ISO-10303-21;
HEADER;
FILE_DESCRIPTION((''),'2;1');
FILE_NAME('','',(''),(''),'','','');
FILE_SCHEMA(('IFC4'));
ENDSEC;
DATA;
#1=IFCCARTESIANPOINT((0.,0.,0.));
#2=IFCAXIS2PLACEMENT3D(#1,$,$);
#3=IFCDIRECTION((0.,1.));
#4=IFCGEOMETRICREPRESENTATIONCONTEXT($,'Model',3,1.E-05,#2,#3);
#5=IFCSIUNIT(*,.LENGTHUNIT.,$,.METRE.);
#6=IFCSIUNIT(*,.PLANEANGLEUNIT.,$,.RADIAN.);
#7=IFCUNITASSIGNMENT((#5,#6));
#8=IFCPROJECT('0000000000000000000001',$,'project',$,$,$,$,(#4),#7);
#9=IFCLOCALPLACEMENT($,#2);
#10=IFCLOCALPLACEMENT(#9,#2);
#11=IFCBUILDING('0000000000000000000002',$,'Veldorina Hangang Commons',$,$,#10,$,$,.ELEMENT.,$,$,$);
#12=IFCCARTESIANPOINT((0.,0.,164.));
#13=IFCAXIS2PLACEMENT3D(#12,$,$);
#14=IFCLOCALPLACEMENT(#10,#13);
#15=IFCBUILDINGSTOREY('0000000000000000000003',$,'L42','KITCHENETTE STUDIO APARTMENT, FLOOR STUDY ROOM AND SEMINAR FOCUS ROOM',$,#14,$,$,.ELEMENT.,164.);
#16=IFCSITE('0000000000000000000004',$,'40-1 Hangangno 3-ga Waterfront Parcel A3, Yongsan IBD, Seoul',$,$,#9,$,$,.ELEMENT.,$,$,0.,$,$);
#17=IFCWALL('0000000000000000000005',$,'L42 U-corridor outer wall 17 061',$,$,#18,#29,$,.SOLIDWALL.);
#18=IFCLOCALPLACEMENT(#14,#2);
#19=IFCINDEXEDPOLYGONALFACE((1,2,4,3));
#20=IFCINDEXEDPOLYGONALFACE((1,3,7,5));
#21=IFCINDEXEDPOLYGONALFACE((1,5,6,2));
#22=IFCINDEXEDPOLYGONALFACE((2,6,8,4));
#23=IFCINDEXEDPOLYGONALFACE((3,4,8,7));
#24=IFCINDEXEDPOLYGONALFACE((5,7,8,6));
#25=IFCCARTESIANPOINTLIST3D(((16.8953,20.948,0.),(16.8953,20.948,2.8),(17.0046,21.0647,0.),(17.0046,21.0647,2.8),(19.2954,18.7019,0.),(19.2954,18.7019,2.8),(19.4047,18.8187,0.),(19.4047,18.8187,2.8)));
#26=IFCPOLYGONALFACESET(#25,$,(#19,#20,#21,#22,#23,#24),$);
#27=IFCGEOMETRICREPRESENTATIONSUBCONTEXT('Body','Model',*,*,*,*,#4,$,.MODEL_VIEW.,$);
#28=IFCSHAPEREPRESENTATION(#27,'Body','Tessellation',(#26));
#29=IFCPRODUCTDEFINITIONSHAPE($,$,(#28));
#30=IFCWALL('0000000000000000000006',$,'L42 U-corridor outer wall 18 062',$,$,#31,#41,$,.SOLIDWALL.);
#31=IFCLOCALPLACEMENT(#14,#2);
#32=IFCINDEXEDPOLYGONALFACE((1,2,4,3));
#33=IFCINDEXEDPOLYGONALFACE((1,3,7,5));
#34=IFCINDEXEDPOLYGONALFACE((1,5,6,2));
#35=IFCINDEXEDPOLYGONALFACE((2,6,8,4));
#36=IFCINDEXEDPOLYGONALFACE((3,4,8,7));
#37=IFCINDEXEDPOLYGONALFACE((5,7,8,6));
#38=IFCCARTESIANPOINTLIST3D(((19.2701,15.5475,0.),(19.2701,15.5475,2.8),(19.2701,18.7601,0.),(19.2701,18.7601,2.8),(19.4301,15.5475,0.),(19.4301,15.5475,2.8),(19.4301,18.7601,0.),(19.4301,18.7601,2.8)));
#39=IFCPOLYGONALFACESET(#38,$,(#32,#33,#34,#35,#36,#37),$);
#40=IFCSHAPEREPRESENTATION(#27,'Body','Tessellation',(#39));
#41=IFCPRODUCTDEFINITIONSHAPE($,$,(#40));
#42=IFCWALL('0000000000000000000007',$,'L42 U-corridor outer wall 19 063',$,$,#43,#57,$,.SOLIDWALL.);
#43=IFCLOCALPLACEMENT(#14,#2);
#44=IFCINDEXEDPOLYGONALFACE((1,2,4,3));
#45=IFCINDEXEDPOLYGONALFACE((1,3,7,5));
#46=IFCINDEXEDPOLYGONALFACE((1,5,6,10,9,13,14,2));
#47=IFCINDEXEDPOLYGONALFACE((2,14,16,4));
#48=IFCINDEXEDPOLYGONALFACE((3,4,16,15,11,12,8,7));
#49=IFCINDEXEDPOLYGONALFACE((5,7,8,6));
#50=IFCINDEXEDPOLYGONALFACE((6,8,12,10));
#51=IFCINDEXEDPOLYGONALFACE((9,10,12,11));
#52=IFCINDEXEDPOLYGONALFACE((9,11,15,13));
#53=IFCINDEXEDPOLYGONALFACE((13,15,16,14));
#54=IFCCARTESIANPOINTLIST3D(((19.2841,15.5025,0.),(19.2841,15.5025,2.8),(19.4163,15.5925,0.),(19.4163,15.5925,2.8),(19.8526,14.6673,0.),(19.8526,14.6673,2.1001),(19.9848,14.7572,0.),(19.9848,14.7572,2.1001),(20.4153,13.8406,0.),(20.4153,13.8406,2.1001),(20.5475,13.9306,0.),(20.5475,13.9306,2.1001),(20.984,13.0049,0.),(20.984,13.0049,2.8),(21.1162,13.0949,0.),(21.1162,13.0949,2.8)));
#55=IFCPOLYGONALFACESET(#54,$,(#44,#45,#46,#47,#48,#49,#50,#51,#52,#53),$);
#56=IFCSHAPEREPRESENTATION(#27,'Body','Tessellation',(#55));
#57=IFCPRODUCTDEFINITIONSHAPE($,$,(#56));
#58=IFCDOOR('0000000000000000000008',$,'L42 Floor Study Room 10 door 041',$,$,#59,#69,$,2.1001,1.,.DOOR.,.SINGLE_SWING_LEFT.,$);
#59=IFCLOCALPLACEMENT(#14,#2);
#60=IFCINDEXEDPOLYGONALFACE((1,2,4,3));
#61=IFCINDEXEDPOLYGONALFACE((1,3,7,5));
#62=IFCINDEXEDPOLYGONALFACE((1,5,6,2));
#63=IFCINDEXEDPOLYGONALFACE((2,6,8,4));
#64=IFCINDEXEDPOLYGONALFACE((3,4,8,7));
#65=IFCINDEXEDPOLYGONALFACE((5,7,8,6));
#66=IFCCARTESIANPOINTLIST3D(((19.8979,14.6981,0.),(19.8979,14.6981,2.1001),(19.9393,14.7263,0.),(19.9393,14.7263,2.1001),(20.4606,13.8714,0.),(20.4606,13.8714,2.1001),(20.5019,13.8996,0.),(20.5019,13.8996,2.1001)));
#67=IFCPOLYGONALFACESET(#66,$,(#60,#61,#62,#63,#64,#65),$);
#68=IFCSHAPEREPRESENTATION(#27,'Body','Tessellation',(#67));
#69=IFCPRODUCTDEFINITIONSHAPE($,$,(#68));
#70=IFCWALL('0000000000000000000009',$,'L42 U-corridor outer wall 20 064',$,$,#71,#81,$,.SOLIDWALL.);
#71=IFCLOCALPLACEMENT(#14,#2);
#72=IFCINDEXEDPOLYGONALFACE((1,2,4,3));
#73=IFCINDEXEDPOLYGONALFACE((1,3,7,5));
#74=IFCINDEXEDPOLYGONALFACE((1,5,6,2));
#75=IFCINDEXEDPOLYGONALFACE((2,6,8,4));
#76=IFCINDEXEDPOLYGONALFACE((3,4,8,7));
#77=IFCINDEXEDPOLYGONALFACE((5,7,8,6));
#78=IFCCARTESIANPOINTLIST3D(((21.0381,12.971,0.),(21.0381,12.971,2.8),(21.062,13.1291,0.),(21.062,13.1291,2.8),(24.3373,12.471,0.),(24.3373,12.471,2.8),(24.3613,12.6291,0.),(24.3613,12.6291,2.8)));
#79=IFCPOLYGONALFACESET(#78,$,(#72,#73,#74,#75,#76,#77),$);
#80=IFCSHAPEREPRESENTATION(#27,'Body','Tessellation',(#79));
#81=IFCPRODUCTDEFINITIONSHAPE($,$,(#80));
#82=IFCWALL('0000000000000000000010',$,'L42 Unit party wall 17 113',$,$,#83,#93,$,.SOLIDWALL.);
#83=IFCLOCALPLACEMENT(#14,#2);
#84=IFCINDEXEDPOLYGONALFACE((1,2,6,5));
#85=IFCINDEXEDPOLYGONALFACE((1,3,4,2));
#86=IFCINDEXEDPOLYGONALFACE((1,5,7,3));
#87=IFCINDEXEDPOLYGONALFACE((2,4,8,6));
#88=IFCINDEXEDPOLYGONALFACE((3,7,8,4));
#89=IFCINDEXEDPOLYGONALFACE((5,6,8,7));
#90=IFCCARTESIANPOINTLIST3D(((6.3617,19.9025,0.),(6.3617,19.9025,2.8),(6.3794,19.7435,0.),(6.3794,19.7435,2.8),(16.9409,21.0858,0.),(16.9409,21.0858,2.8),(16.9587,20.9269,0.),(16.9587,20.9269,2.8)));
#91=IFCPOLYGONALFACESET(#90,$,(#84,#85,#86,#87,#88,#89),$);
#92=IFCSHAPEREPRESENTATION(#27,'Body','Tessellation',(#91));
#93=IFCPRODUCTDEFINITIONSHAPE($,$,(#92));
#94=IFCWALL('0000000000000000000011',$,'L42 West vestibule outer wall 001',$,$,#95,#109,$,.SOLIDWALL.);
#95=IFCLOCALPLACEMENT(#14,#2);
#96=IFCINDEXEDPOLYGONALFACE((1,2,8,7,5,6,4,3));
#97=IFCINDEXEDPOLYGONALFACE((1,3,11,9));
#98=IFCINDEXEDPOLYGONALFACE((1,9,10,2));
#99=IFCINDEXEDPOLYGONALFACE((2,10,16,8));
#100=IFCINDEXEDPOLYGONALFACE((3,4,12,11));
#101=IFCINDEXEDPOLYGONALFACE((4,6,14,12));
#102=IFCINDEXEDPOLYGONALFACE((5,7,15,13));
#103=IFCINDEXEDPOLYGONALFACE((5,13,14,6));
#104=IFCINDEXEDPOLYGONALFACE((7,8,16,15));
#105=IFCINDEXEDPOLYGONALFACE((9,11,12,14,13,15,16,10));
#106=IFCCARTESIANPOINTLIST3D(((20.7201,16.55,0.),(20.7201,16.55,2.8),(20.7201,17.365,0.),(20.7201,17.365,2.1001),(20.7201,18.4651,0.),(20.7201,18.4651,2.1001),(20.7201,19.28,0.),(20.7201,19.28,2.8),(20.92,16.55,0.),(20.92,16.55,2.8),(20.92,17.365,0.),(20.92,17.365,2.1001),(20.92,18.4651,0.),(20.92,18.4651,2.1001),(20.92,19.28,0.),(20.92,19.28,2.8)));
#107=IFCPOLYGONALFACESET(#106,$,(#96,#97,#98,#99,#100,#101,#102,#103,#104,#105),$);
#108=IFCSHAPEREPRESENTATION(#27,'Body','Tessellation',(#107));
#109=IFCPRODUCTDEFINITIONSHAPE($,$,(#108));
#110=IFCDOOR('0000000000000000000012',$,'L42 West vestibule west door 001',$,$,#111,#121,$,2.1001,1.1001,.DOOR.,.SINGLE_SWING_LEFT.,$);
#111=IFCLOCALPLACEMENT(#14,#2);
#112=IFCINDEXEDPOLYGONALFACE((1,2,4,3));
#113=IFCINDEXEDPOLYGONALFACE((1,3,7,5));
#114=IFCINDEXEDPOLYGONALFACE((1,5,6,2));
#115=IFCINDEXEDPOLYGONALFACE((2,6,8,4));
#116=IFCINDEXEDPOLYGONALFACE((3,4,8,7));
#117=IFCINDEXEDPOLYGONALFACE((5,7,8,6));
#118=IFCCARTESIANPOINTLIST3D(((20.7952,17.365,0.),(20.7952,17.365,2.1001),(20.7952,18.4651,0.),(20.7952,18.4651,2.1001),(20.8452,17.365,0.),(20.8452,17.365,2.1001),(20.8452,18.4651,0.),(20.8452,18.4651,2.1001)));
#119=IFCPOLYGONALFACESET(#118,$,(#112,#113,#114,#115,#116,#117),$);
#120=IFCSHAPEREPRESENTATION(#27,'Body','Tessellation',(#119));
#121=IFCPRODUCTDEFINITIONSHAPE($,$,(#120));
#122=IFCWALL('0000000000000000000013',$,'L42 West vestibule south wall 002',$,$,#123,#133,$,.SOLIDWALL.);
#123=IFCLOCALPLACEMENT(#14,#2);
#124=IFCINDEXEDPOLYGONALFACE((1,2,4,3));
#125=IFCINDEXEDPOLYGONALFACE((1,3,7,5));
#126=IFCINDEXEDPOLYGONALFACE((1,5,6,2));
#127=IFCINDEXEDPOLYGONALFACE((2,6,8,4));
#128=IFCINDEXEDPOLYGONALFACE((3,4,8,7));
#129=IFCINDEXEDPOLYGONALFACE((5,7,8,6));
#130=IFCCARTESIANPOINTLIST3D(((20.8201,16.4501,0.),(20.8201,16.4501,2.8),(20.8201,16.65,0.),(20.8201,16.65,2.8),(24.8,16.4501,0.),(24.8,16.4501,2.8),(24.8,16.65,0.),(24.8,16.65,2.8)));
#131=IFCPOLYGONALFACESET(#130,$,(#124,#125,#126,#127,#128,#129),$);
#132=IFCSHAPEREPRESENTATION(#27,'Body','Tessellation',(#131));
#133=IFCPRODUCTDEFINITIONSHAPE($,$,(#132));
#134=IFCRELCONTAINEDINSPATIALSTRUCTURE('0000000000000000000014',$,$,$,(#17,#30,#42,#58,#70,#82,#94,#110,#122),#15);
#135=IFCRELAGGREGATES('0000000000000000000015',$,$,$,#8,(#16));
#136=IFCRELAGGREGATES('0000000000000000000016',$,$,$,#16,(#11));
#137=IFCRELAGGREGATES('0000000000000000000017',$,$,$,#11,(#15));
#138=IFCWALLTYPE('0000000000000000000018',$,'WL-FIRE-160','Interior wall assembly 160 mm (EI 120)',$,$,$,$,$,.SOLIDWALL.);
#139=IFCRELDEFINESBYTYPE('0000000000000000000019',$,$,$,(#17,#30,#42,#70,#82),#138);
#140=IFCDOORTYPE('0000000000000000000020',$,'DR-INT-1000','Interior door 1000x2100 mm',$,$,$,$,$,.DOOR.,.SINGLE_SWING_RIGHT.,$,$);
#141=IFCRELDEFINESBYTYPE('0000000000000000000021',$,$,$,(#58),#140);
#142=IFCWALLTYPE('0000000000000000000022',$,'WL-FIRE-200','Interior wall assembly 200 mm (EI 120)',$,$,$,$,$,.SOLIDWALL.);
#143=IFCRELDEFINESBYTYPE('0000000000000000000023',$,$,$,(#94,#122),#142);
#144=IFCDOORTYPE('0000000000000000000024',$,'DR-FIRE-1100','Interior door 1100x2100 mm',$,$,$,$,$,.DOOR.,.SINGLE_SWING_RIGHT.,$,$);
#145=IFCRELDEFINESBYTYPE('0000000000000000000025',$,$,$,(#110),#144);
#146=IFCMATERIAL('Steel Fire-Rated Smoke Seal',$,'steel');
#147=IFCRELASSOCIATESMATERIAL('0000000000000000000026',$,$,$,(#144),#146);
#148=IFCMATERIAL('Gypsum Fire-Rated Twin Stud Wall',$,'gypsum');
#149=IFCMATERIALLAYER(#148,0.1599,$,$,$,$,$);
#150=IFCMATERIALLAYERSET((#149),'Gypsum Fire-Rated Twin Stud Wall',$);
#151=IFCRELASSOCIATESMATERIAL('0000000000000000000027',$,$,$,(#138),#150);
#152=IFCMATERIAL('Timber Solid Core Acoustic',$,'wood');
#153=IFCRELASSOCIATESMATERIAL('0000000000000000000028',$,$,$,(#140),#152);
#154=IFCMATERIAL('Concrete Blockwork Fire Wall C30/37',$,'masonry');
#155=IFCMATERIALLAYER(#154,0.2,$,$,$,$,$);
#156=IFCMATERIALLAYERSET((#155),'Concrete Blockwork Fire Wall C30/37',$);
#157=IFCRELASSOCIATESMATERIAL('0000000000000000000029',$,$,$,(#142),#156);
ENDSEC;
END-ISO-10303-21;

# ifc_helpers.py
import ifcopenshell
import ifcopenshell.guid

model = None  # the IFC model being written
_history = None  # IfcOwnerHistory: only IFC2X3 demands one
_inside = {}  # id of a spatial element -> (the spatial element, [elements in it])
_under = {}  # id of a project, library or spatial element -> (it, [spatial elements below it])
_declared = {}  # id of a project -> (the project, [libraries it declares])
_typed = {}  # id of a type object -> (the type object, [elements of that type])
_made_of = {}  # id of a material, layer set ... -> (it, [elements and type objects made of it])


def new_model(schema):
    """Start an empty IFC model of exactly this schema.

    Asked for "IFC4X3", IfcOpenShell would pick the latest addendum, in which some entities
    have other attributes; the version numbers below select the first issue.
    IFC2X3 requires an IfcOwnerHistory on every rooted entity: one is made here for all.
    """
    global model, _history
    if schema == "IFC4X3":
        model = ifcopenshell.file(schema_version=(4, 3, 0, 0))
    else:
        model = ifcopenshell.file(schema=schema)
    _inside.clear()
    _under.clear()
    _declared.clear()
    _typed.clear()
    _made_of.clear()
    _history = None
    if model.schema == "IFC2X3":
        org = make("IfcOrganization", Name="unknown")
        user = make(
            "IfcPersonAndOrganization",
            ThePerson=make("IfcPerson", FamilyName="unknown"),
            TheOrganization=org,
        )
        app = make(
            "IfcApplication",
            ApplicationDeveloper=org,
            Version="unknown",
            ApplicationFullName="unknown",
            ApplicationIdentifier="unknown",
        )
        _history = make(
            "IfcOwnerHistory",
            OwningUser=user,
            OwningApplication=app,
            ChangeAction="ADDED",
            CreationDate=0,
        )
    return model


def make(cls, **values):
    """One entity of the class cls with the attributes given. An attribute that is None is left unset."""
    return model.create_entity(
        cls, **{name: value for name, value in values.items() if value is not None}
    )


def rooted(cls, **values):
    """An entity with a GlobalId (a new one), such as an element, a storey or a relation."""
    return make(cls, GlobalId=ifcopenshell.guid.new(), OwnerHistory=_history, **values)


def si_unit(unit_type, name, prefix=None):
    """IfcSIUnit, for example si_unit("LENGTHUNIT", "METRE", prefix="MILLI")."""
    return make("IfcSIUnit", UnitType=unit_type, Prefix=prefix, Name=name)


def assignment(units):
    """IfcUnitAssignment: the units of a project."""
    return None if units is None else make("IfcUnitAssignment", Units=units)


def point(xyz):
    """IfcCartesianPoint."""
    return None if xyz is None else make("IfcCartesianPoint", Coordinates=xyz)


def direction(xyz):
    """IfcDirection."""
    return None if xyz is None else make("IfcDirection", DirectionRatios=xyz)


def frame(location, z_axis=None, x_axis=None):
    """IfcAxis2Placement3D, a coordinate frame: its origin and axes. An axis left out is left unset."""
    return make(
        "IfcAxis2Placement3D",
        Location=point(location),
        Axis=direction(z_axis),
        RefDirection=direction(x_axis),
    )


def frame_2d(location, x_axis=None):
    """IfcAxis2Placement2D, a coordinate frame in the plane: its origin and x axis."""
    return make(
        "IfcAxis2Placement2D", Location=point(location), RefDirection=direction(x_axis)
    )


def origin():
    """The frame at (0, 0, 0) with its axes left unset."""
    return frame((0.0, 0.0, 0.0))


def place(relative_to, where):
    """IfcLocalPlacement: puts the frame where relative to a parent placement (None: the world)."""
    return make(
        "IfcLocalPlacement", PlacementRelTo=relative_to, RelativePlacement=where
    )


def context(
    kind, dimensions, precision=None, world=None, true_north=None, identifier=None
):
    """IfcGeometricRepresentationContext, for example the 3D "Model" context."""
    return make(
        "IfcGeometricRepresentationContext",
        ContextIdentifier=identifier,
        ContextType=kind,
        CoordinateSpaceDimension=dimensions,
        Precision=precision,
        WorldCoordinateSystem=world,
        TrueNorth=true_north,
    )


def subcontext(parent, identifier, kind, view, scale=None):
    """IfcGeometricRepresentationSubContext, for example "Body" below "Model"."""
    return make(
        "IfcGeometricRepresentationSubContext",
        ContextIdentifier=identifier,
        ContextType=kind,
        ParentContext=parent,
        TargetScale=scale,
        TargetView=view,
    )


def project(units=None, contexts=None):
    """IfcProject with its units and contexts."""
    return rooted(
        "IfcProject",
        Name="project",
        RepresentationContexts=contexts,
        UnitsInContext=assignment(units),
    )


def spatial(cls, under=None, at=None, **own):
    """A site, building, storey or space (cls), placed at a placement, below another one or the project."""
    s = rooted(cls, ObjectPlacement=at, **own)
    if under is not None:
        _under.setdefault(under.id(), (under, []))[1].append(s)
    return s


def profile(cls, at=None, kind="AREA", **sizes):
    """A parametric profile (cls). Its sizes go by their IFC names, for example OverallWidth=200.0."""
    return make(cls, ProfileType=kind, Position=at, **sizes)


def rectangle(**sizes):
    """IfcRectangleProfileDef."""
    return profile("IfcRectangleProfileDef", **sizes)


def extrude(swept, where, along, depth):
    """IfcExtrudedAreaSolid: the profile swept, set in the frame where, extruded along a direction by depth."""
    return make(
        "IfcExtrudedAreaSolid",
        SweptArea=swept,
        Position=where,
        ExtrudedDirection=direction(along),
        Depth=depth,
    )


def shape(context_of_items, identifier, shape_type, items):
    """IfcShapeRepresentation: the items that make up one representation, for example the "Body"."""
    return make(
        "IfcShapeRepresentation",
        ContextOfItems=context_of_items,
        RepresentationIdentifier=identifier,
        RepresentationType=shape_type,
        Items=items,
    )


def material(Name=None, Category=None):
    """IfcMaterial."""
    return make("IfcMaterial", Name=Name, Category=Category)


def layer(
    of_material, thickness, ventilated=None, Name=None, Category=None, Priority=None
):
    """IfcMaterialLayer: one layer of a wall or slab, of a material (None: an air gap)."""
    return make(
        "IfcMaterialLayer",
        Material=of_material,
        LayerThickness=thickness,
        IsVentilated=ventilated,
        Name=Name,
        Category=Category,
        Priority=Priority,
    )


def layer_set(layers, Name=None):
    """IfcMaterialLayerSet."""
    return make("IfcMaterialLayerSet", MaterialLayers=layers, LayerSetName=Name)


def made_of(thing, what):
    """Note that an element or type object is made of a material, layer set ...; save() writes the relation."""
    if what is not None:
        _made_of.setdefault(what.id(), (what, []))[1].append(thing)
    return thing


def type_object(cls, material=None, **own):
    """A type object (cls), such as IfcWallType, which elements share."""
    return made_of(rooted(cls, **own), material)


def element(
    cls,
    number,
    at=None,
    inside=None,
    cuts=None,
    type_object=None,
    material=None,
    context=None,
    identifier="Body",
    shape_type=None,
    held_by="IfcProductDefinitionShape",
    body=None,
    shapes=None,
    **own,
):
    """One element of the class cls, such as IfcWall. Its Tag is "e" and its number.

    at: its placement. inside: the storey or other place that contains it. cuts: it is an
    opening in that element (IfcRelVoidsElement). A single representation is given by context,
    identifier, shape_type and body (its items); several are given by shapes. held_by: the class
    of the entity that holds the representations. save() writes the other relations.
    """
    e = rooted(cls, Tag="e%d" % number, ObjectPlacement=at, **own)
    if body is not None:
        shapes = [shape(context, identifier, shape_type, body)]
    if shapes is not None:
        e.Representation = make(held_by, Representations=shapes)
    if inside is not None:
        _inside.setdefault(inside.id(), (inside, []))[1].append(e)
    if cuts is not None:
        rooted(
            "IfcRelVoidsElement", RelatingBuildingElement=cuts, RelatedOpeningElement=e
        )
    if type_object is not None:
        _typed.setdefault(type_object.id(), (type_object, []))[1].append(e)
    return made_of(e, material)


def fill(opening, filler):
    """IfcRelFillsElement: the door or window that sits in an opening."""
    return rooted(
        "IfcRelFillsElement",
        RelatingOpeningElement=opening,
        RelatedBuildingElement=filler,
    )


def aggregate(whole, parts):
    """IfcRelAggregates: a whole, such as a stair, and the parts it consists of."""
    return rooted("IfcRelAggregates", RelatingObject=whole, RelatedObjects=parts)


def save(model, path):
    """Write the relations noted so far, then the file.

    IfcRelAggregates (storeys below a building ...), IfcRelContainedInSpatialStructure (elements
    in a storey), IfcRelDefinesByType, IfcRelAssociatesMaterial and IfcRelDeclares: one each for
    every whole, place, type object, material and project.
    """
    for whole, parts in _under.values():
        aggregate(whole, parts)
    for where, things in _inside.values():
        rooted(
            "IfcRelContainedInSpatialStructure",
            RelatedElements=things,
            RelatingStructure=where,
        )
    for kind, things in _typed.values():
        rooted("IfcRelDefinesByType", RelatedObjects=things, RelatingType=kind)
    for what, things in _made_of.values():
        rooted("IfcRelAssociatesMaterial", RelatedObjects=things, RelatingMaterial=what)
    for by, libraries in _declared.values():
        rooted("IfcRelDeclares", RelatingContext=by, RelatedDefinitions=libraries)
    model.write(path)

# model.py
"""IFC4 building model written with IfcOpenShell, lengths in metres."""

from ifc_helpers import new_model, si_unit, direction, frame, frame_2d, origin, place, context, subcontext, project, spatial, rectangle, extrude, material, layer, layer_set, type_object, element, fill, save


model = new_model("IFC4")

# Units and contexts
model_context = context("Model", 3, precision=1e-05, world=origin(), true_north=direction((0.0, 1.0)))
body_context = subcontext(model_context, "Body", "Model", "MODEL_VIEW")
ifc_project = project(units=[si_unit("LENGTHUNIT", "METRE"), si_unit("PLANEANGLEUNIT", "RADIAN")], contexts=[model_context])

# Site, building, storey
site_placement = place(None, origin())
site = spatial("IfcSite", under=ifc_project, at=site_placement, Name="40-1 Hangangno 3-ga Waterfront Parcel A3, Yongsan IBD, Seoul", CompositionType="ELEMENT", RefElevation=0.0)
building_placement = place(site_placement, origin())
building = spatial("IfcBuilding", under=site, at=building_placement, Name="Veldorina Hangang Commons", CompositionType="ELEMENT")
storey_placement = place(building_placement, frame((0.0, 0.0, 164.0)))
storey = spatial("IfcBuildingStorey", under=building, at=storey_placement, Name="L42", Description="KITCHENETTE STUDIO APARTMENT, FLOOR STUDY ROOM AND SEMINAR FOCUS ROOM", CompositionType="ELEMENT", Elevation=164.0)

# Shared definitions
ifc_material_1 = material(Name="Steel Fire-Rated Smoke Seal", Category="steel")
door_type_1 = type_object("IfcDoorType", Name="DR-FIRE-1100", Description="Interior door 1100x2100 mm", OperationType="SINGLE_SWING_RIGHT", PredefinedType="DOOR", material=ifc_material_1)

# Walls
ifc_material_2 = material(Name="Gypsum Fire-Rated Twin Stud Wall", Category="gypsum")
ifc_layer_1 = layer(ifc_material_2, 0.1599)
ifc_layer_set_1 = layer_set([ifc_layer_1], Name="Gypsum Fire-Rated Twin Stud Wall")
wall_type_1 = type_object("IfcWallType", Name="WL-FIRE-160", Description="Interior wall assembly 160 mm (EI 120)", PredefinedType="SOLIDWALL", material=ifc_layer_set_1)
wall_1_placement = place(storey_placement, frame((16.95, 21.0063, 0.0), z_axis=(0.0, 0.0, 1.0), x_axis=(0.730151, -0.683286, 0.0)))
element("IfcWall", 1, at=wall_1_placement, inside=storey, type_object=wall_type_1, Name="L42 U-corridor outer wall 17 061", PredefinedType="SOLIDWALL", context=body_context, shape_type="SweptSolid", body=[
    extrude(rectangle(XDim=3.2871, YDim=0.1599, at=frame_2d((1.6436, 0.0))), origin(), (0.0, 0.0, 1.0), 2.8),
])
wall_2_placement = place(storey_placement, frame((19.3501, 18.7603, 0.0), z_axis=(0.0, 0.0, 1.0), x_axis=(0.0, -1.0, 0.0)))
element("IfcWall", 2, at=wall_2_placement, inside=storey, type_object=wall_type_1, Name="L42 U-corridor outer wall 18 062", PredefinedType="SOLIDWALL", context=body_context, shape_type="SweptSolid", body=[
    extrude(rectangle(XDim=3.2126, YDim=0.1599, at=frame_2d((1.6064, 0.0))), origin(), (0.0, 0.0, 1.0), 2.8),
])

# Wall, opening, door
wall_3_placement = place(storey_placement, frame((19.3501, 15.5476, 0.0), z_axis=(0.0, 0.0, 1.0), x_axis=(0.562675, -0.826678, 0.0)))
wall_3 = element("IfcWall", 3, at=wall_3_placement, inside=storey, type_object=wall_type_1, Name="L42 U-corridor outer wall 19 063", PredefinedType="SOLIDWALL", context=body_context, shape_type="SweptSolid", body=[
    extrude(rectangle(XDim=3.0212, YDim=0.1599, at=frame_2d((1.5107, 0.0))), origin(), (0.0, 0.0, 1.0), 2.8),
])
opening_1_placement = place(wall_3_placement, frame((1.0105, 0.0, 0.0)))
opening_1 = element("IfcOpeningElement", 4, at=opening_1_placement, cuts=wall_3, PredefinedType="OPENING", context=body_context, shape_type="SweptSolid", body=[
    extrude(rectangle(XDim=1.0, YDim=2.1001, at=frame_2d((0.5, 1.05))), frame((0.0, 0.0898, 0.0), z_axis=(0.0, -1.0, 0.0), x_axis=(1.0, 0.0, 0.0)), (0.0, 0.0, 1.0), 0.1799),
])
ifc_material_3 = material(Name="Timber Solid Core Acoustic", Category="wood")
door_type_2 = type_object("IfcDoorType", Name="DR-INT-1000", Description="Interior door 1000x2100 mm", OperationType="SINGLE_SWING_RIGHT", PredefinedType="DOOR", material=ifc_material_3)
door_1_placement = place(opening_1_placement, origin())
door_1 = element("IfcDoor", 5, at=door_1_placement, inside=storey, type_object=door_type_2, Name="L42 Floor Study Room 10 door 041", OperationType="SINGLE_SWING_LEFT", OverallHeight=2.1001, OverallWidth=1.0, PredefinedType="DOOR", context=body_context, shape_type="SweptSolid", body=[
    extrude(rectangle(XDim=1.0, YDim=2.1001, at=frame_2d((0.5, 1.05))), frame((0.0, 0.0249, 0.0), z_axis=(0.0, -1.0, 0.0), x_axis=(1.0, 0.0, 0.0)), (0.0, 0.0, 1.0), 0.05),
])
fill(opening_1, door_1)

# Walls
wall_4_placement = place(storey_placement, frame((21.05, 13.05, 0.0), z_axis=(0.0, 0.0, 1.0), x_axis=(0.988711, -0.149836, 0.0)))
element("IfcWall", 6, at=wall_4_placement, inside=storey, type_object=wall_type_1, Name="L42 U-corridor outer wall 20 064", PredefinedType="SOLIDWALL", context=body_context, shape_type="SweptSolid", body=[
    extrude(rectangle(XDim=3.3369, YDim=0.1599, at=frame_2d((1.6685, 0.0))), origin(), (0.0, 0.0, 1.0), 2.8),
])
wall_5_placement = place(storey_placement, frame((16.95, 21.0063, 0.0), z_axis=(0.0, 0.0, 1.0), x_axis=(-0.993802, -0.111161, 0.0)))
element("IfcWall", 7, at=wall_5_placement, inside=storey, type_object=wall_type_1, Name="L42 Unit party wall 17 113", PredefinedType="SOLIDWALL", context=body_context, shape_type="SweptSolid", body=[
    extrude(rectangle(XDim=10.6453, YDim=0.1599, at=frame_2d((5.3228, 0.0))), origin(), (0.0, 0.0, 1.0), 2.8),
])

# Wall, opening, door
ifc_material_4 = material(Name="Concrete Blockwork Fire Wall C30/37", Category="masonry")
ifc_layer_2 = layer(ifc_material_4, 0.2)
ifc_layer_set_2 = layer_set([ifc_layer_2], Name="Concrete Blockwork Fire Wall C30/37")
wall_type_2 = type_object("IfcWallType", Name="WL-FIRE-200", Description="Interior wall assembly 200 mm (EI 120)", PredefinedType="SOLIDWALL", material=ifc_layer_set_2)
wall_6_placement = place(storey_placement, frame((20.8201, 16.55, 0.0), z_axis=(0.0, 0.0, 1.0), x_axis=(0.0, 1.0, 0.0)))
wall_6 = element("IfcWall", 8, at=wall_6_placement, inside=storey, type_object=wall_type_2, Name="L42 West vestibule outer wall 001", PredefinedType="SOLIDWALL", context=body_context, shape_type="SweptSolid", body=[
    extrude(rectangle(XDim=2.73, YDim=0.2, at=frame_2d((1.365, 0.0))), origin(), (0.0, 0.0, 1.0), 2.8),
])
opening_2_placement = place(wall_6_placement, frame((0.8149, 0.0, 0.0)))
opening_2 = element("IfcOpeningElement", 9, at=opening_2_placement, cuts=wall_6, PredefinedType="OPENING", context=body_context, shape_type="SweptSolid", body=[
    extrude(rectangle(XDim=1.1001, YDim=2.1001, at=frame_2d((0.55, 1.05))), frame((0.0, 0.1099, 0.0), z_axis=(0.0, -1.0, 0.0), x_axis=(1.0, 0.0, 0.0)), (0.0, 0.0, 1.0), 0.22),
])
door_2_placement = place(opening_2_placement, origin())
door_2 = element("IfcDoor", 10, at=door_2_placement, inside=storey, type_object=door_type_1, Name="L42 West vestibule west door 001", OperationType="SINGLE_SWING_LEFT", OverallHeight=2.1001, OverallWidth=1.1001, PredefinedType="DOOR", context=body_context, shape_type="SweptSolid", body=[
    extrude(rectangle(XDim=1.1001, YDim=2.1001, at=frame_2d((0.55, 1.05))), frame((0.0, 0.0249, 0.0), z_axis=(0.0, -1.0, 0.0), x_axis=(1.0, 0.0, 0.0)), (0.0, 0.0, 1.0), 0.05),
])
fill(opening_2, door_2)

# Wall
wall_7_placement = place(storey_placement, frame((20.8201, 16.55, 0.0), z_axis=(0.0, 0.0, 1.0), x_axis=(1.0, 0.0, 0.0)))
element("IfcWall", 11, at=wall_7_placement, inside=storey, type_object=wall_type_2, Name="L42 West vestibule south wall 002", PredefinedType="SOLIDWALL", context=body_context, shape_type="SweptSolid", body=[
    extrude(rectangle(XDim=3.98, YDim=0.2, at=frame_2d((1.99, 0.0))), origin(), (0.0, 0.0, 1.0), 2.8),
])

save(model, "model.ifc")
